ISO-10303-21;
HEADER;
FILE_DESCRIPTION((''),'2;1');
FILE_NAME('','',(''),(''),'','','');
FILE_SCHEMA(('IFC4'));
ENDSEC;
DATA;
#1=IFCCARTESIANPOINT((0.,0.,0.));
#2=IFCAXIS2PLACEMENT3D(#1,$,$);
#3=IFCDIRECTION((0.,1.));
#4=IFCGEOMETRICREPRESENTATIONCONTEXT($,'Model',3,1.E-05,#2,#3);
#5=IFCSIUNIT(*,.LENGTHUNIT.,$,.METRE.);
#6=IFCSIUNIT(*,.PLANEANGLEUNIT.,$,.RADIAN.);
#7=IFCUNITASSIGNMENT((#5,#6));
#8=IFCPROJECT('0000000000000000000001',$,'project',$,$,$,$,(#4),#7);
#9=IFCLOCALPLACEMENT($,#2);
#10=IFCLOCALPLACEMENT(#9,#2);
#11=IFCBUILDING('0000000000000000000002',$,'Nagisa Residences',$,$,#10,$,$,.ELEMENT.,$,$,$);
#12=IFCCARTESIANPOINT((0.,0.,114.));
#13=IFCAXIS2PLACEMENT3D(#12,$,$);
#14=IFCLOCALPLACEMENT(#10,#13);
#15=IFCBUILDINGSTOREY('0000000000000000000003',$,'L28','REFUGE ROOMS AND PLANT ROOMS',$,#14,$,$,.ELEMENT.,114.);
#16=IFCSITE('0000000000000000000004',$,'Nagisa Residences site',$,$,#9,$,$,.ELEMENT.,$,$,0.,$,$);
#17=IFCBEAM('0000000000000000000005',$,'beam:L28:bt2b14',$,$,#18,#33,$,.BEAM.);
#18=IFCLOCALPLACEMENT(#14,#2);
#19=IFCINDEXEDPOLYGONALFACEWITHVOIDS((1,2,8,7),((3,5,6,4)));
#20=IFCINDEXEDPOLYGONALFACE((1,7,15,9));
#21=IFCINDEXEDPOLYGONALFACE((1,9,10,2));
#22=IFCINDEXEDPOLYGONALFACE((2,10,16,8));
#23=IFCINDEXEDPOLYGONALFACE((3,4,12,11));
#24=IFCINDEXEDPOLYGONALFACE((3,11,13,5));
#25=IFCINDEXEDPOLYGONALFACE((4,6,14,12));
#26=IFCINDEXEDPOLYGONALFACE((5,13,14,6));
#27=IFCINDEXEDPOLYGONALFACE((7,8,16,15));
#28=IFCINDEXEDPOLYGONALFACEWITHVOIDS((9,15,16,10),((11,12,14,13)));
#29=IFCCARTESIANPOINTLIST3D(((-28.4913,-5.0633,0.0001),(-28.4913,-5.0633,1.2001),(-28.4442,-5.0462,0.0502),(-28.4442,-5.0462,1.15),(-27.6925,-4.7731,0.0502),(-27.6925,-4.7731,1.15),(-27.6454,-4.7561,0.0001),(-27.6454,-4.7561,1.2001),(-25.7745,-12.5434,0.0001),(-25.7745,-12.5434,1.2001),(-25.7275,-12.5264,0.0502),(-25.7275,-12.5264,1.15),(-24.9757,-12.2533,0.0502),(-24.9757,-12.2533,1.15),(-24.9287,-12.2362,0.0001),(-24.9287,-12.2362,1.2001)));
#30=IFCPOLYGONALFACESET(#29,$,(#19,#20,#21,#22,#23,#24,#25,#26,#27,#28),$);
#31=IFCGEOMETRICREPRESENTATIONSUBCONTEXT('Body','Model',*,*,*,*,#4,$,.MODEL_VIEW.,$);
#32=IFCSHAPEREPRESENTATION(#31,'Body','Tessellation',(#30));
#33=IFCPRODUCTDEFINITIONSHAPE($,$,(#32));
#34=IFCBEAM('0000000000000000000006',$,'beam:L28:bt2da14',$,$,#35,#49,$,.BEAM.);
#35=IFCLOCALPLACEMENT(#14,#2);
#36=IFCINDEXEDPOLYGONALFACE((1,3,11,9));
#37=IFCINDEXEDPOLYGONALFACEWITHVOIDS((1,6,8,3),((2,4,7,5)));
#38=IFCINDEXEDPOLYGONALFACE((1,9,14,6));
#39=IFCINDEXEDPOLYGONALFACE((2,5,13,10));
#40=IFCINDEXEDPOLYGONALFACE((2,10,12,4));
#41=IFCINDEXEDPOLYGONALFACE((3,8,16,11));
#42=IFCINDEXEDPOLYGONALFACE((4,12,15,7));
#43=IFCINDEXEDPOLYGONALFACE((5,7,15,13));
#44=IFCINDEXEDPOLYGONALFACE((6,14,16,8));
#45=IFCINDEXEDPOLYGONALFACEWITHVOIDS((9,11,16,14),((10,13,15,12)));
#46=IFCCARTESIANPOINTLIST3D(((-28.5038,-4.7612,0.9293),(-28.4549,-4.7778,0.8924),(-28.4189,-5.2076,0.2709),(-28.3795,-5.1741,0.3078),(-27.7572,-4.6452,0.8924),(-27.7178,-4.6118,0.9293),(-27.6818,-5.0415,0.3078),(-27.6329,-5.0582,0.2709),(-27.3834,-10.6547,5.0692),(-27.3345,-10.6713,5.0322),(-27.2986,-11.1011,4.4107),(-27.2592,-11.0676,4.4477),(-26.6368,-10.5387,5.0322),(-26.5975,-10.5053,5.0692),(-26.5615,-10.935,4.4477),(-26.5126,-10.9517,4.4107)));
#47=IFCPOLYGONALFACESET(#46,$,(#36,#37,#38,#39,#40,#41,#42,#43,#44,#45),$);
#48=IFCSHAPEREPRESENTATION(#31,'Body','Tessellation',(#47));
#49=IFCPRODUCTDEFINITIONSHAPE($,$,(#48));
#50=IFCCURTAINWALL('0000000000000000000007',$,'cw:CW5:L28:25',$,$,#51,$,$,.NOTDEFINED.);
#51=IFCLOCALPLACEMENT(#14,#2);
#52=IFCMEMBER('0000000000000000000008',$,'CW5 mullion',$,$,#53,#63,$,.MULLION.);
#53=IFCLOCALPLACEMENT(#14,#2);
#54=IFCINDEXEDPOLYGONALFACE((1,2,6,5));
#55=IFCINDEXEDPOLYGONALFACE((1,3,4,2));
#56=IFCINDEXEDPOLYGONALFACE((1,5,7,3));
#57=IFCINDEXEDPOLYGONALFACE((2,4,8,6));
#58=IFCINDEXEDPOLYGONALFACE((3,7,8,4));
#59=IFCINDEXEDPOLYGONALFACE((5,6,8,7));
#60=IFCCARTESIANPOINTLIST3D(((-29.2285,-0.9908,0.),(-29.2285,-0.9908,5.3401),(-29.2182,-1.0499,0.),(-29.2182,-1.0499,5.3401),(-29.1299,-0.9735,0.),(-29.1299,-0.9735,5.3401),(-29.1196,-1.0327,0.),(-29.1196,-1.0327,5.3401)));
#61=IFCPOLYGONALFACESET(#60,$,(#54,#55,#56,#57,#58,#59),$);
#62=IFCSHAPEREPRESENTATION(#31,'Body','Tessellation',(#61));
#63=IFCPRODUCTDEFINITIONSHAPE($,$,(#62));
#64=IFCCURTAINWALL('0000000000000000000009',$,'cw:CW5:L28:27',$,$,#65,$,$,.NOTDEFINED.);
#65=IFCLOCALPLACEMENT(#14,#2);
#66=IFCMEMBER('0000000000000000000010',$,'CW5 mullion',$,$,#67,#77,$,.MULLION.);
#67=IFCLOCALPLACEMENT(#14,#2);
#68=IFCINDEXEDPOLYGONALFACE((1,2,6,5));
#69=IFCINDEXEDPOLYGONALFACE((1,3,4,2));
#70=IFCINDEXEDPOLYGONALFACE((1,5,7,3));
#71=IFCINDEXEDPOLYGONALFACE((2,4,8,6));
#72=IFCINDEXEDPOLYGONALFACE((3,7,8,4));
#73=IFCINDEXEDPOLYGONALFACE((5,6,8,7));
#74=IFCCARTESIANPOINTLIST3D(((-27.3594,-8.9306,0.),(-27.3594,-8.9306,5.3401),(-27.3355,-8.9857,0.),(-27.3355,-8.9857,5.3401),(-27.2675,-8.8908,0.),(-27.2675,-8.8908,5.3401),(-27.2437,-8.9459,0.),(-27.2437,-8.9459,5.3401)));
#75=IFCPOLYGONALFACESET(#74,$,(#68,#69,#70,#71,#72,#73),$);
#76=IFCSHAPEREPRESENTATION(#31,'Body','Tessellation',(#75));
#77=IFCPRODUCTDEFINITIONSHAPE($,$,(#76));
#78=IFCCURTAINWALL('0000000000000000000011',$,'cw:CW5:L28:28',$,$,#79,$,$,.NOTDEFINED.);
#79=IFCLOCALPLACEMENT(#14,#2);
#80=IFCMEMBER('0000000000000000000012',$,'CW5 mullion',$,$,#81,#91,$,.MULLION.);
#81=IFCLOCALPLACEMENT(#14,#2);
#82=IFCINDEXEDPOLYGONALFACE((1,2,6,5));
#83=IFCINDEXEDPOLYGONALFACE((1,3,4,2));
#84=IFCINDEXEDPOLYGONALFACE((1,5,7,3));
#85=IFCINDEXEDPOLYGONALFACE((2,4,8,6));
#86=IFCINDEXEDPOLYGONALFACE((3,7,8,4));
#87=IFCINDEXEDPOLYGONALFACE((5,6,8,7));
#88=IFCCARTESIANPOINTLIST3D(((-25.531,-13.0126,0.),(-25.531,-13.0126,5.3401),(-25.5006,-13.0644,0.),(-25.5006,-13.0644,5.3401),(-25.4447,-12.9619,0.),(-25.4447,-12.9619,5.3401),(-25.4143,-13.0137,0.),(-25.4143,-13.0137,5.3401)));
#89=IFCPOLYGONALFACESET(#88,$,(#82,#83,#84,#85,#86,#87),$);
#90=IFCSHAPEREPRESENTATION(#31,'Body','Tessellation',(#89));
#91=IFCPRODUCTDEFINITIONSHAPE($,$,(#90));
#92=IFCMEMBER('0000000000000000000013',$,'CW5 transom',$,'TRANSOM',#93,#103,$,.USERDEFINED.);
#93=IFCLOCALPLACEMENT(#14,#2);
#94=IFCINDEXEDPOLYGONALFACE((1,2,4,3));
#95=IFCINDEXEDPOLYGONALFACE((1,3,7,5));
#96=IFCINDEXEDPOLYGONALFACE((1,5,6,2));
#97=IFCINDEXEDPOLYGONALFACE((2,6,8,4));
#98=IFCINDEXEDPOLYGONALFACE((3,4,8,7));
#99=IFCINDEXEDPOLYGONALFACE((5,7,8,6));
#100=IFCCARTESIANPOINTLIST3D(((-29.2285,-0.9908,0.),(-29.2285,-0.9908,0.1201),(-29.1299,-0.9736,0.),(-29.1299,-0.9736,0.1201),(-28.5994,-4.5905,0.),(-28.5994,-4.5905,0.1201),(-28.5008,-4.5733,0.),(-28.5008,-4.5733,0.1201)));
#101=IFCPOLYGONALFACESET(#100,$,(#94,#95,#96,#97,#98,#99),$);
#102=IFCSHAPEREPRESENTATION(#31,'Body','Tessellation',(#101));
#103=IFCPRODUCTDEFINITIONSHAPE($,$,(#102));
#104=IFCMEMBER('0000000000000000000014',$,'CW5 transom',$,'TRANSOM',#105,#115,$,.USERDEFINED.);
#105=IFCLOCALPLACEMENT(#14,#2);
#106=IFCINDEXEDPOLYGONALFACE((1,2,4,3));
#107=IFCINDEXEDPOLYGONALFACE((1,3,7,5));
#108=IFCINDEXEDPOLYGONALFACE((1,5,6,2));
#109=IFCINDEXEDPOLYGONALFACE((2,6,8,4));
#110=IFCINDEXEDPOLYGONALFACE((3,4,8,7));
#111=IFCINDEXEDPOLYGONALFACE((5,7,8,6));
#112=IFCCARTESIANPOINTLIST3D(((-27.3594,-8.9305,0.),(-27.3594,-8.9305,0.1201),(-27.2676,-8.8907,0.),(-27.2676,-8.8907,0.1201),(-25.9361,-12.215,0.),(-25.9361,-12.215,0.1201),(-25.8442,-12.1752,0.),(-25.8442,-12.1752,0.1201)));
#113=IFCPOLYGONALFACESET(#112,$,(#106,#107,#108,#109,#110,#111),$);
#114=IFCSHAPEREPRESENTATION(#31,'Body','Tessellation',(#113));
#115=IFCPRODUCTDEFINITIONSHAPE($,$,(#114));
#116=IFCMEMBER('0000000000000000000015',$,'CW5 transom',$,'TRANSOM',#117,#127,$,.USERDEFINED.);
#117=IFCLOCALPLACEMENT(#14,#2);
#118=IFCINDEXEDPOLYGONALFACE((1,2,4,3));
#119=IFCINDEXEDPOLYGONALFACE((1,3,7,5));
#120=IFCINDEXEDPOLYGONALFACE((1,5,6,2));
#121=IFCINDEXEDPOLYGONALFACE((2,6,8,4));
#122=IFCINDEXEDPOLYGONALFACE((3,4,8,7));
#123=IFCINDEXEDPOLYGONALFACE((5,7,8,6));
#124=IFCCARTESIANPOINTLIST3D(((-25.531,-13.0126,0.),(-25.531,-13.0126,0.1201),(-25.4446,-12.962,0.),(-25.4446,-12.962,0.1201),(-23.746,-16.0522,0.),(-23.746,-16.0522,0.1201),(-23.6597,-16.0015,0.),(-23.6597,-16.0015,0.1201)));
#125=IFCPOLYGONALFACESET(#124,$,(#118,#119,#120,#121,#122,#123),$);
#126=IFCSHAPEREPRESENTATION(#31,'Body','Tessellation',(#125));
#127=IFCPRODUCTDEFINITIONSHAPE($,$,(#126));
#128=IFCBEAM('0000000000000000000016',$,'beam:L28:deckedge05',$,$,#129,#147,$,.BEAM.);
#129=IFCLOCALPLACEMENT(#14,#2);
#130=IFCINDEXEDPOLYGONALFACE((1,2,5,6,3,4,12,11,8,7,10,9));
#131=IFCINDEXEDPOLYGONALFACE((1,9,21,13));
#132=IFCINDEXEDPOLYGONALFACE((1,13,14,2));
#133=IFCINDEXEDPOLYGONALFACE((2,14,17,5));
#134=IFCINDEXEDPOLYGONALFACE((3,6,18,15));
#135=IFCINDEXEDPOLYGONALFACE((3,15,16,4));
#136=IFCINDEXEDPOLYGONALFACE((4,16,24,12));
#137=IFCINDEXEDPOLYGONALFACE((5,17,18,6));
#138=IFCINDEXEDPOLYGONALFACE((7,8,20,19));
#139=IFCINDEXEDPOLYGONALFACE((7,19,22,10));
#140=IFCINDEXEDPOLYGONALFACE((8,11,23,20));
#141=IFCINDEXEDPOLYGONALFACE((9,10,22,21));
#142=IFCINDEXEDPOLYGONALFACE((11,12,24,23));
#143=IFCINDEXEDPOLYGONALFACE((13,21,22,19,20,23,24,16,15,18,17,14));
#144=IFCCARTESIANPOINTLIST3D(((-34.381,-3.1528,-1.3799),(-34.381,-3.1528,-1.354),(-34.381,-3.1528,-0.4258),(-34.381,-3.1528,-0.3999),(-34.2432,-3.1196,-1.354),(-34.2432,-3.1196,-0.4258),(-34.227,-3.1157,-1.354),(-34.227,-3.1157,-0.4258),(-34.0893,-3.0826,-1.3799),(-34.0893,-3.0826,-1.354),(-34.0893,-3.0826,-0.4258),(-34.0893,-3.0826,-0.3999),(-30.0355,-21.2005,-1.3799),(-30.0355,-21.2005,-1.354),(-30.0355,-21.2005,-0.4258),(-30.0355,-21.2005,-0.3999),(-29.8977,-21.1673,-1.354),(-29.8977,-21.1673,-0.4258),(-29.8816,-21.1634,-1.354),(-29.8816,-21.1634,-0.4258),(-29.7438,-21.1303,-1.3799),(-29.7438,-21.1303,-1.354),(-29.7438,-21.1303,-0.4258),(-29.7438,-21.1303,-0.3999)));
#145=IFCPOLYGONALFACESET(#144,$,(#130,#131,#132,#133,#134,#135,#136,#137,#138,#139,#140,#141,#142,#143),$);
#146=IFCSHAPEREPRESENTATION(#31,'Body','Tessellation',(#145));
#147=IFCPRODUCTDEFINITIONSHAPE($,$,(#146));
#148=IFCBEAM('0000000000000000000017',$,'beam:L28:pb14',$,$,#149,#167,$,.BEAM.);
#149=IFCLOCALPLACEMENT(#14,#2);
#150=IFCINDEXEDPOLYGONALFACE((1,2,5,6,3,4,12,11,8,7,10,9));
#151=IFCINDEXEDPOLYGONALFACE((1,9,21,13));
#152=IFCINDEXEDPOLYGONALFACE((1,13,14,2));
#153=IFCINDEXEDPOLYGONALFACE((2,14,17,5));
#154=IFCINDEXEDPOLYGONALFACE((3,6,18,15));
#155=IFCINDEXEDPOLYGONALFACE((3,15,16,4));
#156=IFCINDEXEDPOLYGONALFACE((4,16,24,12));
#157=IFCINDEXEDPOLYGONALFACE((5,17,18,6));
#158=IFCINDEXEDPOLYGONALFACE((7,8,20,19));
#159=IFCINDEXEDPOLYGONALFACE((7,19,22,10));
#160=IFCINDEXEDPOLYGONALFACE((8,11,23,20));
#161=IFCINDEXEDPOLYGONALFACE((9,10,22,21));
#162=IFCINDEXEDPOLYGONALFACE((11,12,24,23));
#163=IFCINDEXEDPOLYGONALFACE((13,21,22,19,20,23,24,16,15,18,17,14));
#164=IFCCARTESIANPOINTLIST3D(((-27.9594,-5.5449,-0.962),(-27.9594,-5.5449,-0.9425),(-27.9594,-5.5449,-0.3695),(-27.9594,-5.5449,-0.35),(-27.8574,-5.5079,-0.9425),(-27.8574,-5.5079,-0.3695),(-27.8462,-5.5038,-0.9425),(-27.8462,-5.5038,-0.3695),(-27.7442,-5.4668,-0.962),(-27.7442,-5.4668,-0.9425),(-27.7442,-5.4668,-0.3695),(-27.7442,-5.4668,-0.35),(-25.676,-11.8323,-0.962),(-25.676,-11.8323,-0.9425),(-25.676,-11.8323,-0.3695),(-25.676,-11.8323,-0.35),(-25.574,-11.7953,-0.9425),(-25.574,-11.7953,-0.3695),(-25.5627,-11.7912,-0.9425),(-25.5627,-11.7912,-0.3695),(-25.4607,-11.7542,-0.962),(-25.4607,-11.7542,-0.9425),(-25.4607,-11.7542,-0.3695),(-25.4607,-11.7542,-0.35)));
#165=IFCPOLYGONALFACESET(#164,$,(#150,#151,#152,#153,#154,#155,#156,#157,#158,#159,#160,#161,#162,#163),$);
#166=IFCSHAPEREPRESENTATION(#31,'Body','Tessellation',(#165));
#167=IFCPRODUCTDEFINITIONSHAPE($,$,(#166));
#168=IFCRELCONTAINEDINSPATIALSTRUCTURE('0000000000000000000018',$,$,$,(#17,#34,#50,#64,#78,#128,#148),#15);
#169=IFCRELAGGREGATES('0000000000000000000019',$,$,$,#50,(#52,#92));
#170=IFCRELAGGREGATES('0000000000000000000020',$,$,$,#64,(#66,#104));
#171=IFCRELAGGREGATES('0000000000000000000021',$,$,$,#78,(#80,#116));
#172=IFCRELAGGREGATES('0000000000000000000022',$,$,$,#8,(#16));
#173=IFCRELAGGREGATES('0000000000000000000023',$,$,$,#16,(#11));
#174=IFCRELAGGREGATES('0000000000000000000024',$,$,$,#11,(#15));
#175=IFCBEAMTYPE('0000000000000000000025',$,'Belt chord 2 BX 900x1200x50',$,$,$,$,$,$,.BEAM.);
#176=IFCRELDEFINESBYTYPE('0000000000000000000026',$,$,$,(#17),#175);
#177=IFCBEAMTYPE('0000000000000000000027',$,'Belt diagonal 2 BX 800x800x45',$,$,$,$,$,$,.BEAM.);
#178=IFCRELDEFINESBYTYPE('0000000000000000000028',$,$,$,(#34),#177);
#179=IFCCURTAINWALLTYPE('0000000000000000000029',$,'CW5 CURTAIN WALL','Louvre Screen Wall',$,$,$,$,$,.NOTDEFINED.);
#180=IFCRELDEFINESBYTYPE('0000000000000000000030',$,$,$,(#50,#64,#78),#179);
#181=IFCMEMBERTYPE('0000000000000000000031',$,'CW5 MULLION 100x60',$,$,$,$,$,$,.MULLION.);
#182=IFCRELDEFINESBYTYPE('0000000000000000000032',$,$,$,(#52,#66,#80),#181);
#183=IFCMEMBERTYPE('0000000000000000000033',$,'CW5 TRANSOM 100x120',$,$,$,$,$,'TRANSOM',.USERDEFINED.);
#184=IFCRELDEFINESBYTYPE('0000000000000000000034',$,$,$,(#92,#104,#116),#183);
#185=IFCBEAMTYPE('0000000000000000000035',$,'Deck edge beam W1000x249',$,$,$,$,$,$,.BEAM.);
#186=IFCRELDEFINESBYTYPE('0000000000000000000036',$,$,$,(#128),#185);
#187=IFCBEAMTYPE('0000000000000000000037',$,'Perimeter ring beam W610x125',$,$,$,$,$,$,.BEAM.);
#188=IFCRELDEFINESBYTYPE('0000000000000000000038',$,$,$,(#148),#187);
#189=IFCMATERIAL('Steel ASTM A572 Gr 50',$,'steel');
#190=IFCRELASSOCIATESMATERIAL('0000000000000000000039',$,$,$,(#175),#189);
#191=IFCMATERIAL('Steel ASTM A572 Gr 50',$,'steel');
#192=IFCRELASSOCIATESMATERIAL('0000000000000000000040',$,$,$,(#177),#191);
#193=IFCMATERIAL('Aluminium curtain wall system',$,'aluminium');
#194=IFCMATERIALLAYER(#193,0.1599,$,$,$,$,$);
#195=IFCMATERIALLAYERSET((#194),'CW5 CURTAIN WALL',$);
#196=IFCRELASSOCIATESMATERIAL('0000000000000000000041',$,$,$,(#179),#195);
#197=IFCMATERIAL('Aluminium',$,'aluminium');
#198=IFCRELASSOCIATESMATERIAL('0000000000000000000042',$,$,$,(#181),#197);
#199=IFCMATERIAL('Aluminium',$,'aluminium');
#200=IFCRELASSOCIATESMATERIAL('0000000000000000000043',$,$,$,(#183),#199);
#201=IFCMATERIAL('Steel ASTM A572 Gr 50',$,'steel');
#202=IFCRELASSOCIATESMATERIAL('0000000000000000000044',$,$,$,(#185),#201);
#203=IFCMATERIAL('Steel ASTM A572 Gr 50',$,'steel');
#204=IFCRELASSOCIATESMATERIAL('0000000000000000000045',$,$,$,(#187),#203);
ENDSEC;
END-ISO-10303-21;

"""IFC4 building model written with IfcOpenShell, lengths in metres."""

from ifc_helpers import new_model, si_unit, direction, frame, origin, origin_2d, place, context, subcontext, project, spatial, rectangle, hollow_rectangle, i_section, extrude, material, layer, layer_set, material_profile, profile_set, type_object, element, aggregate, save


model = new_model("IFC4")

# Units and contexts
model_context = context("Model", 3, precision=1e-05, world=origin(), true_north=direction((0.0, 1.0)))
body_context = subcontext(model_context, "Body", "Model", "MODEL_VIEW")
ifc_project = project(units=[si_unit("LENGTHUNIT", "METRE"), si_unit("PLANEANGLEUNIT", "RADIAN")], contexts=[model_context])

# Site, building, storey
site_placement = place(None, origin())
site = spatial("IfcSite", under=ifc_project, at=site_placement, Name="Nagisa Residences site", CompositionType="ELEMENT", RefElevation=0.0)
building_placement = place(site_placement, origin())
building = spatial("IfcBuilding", under=site, at=building_placement, Name="Nagisa Residences", CompositionType="ELEMENT")
storey_placement = place(building_placement, frame((0.0, 0.0, 114.0)))
storey = spatial("IfcBuildingStorey", under=building, at=storey_placement, Name="L28", Description="REFUGE ROOMS AND PLANT ROOMS", CompositionType="ELEMENT", Elevation=114.0)

# Beams
ifc_material_1 = material(Name="Steel ASTM A572 Gr 50", Category="steel")
ifc_material_profile_1 = material_profile(ifc_material_1, hollow_rectangle(XDim=0.8999, YDim=1.2, WallThickness=0.05, at=origin_2d()), Name="BX 900x1200x50")
ifc_profile_set_1 = profile_set([ifc_material_profile_1], Name="Steel ASTM A572 Gr 50")
beam_type_1 = type_object("IfcBeamType", Name="Belt chord 2 BX 900x1200x50", PredefinedType="BEAM", material=ifc_profile_set_1)
beam_1_placement = place(storey_placement, frame((-28.0684, -4.9097, 0.6001), z_axis=(0.341378, -0.939926, 0.0), x_axis=(0.939926, 0.341378, 0.0)))
element("IfcBeam", 1, at=beam_1_placement, inside=storey, type_object=beam_type_1, Name="beam:L28:bt2b14", PredefinedType="BEAM", context=body_context, shape_type="SweptSolid", body=[
    extrude(hollow_rectangle(XDim=0.8999, YDim=1.2, WallThickness=0.05, at=origin_2d()), origin(), (0.0, 0.0, 1.0), 7.9583),
])
ifc_material_2 = material(Name="Steel ASTM A572 Gr 50", Category="steel")
ifc_material_profile_2 = material_profile(ifc_material_2, hollow_rectangle(XDim=0.8, YDim=0.8, WallThickness=0.0449, at=origin_2d()), Name="BX 800x800x45")
ifc_profile_set_2 = profile_set([ifc_material_profile_2], Name="Steel ASTM A572 Gr 50")
beam_type_2 = type_object("IfcBeamType", Name="Belt diagonal 2 BX 800x800x45", PredefinedType="BEAM", material=ifc_profile_set_2)
beam_2_placement = place(storey_placement, frame((-28.0684, -4.9097, 0.6001), z_axis=(0.153708, -0.808567, 0.567973), x_axis=(0.982407, 0.186755, 0.0)))
element("IfcBeam", 2, at=beam_2_placement, inside=storey, type_object=beam_type_2, Name="beam:L28:bt2da14", PredefinedType="BEAM", context=body_context, shape_type="SweptSolid", body=[
    extrude(hollow_rectangle(XDim=0.8, YDim=0.8, WallThickness=0.0449, at=origin_2d()), origin(), (0.0, 0.0, 1.0), 7.2888),
])

# Curtain walls, members
ifc_material_3 = material(Name="Aluminium curtain wall system", Category="aluminium")
ifc_layer_1 = layer(ifc_material_3, 0.1599)
ifc_layer_set_1 = layer_set([ifc_layer_1], Name="CW5 CURTAIN WALL")
curtain_wall_type = type_object("IfcCurtainWallType", Name="CW5 CURTAIN WALL", Description="Louvre Screen Wall", PredefinedType="NOTDEFINED", material=ifc_layer_set_1)
curtain_wall_1_placement = place(storey_placement, origin())
curtain_wall_1 = element("IfcCurtainWall", 3, at=curtain_wall_1_placement, inside=storey, type_object=curtain_wall_type, Name="cw:CW5:L28:25", PredefinedType="NOTDEFINED")
ifc_material_4 = material(Name="Aluminium", Category="aluminium")
ifc_material_profile_3 = material_profile(ifc_material_4, rectangle(XDim=0.1001, YDim=0.0601, at=origin_2d()), Name="CW5 MULLION 100x60")
ifc_profile_set_3 = profile_set([ifc_material_profile_3], Name="Aluminium")
member_type_1 = type_object("IfcMemberType", Name="CW5 MULLION 100x60", PredefinedType="MULLION", material=ifc_profile_set_3)
member_1_placement = place(storey_placement, frame((-29.1741, -1.0117, 0.0), z_axis=(0.0, 0.0, 1.0), x_axis=(0.985064, 0.172191, 0.0)))
member_1 = element("IfcMember", 4, at=member_1_placement, type_object=member_type_1, Name="CW5 mullion", PredefinedType="MULLION", context=body_context, shape_type="SweptSolid", body=[
    extrude(rectangle(XDim=0.1001, YDim=0.0601, at=origin_2d()), origin(), (0.0, 0.0, 1.0), 5.3401),
])
curtain_wall_2_placement = place(storey_placement, origin())
curtain_wall_2 = element("IfcCurtainWall", 5, at=curtain_wall_2_placement, inside=storey, type_object=curtain_wall_type, Name="cw:CW5:L28:27", PredefinedType="NOTDEFINED")
member_2_placement = place(storey_placement, frame((-27.3015, -8.9382, 0.0), z_axis=(0.0, 0.0, 1.0), x_axis=(0.917543, 0.397636, 0.0)))
member_2 = element("IfcMember", 6, at=member_2_placement, type_object=member_type_1, Name="CW5 mullion", PredefinedType="MULLION", context=body_context, shape_type="SweptSolid", body=[
    extrude(rectangle(XDim=0.1001, YDim=0.0601, at=origin_2d()), origin(), (0.0, 0.0, 1.0), 5.3401),
])
curtain_wall_3_placement = place(storey_placement, origin())
curtain_wall_3 = element("IfcCurtainWall", 7, at=curtain_wall_3_placement, inside=storey, type_object=curtain_wall_type, Name="cw:CW5:L28:28", PredefinedType="NOTDEFINED")
member_3_placement = place(storey_placement, frame((-25.4727, -13.0132, 0.0), z_axis=(0.0, 0.0, 1.0), x_axis=(0.862329, 0.506349, 0.0)))
member_3 = element("IfcMember", 8, at=member_3_placement, type_object=member_type_1, Name="CW5 mullion", PredefinedType="MULLION", context=body_context, shape_type="SweptSolid", body=[
    extrude(rectangle(XDim=0.1001, YDim=0.0601, at=origin_2d()), origin(), (0.0, 0.0, 1.0), 5.3401),
])

# Members
ifc_material_5 = material(Name="Aluminium", Category="aluminium")
ifc_material_profile_4 = material_profile(ifc_material_5, rectangle(XDim=0.1001, YDim=0.1201, at=origin_2d()), Name="CW5 TRANSOM 100x120")
ifc_profile_set_4 = profile_set([ifc_material_profile_4], Name="Aluminium")
member_type_2 = type_object("IfcMemberType", Name="CW5 TRANSOM 100x120", ElementType="TRANSOM", PredefinedType="USERDEFINED", material=ifc_profile_set_4)
member_4_placement = place(storey_placement, frame((-29.1792, -0.9822, 0.0601), z_axis=(0.172162, -0.985069, 0.0), x_axis=(0.985069, 0.172162, 0.0)))
member_4 = element("IfcMember", 9, at=member_4_placement, type_object=member_type_2, Name="CW5 transom", ObjectType="TRANSOM", PredefinedType="USERDEFINED", context=body_context, shape_type="SweptSolid", body=[
    extrude(rectangle(XDim=0.1001, YDim=0.1201, at=origin_2d()), origin(), (0.0, 0.0, 1.0), 3.6543),
])
member_5_placement = place(storey_placement, frame((-27.3135, -8.9106, 0.0601), z_axis=(0.397628, -0.917547, 0.0), x_axis=(0.917547, 0.397628, 0.0)))
member_5 = element("IfcMember", 10, at=member_5_placement, type_object=member_type_2, Name="CW5 transom", ObjectType="TRANSOM", PredefinedType="USERDEFINED", context=body_context, shape_type="SweptSolid", body=[
    extrude(rectangle(XDim=0.1001, YDim=0.1201, at=origin_2d()), origin(), (0.0, 0.0, 1.0), 3.5796),
])
member_6_placement = place(storey_placement, frame((-25.4878, -12.9873, 0.0601), z_axis=(0.506375, -0.862313, 0.0), x_axis=(0.862313, 0.506375, 0.0)))
member_6 = element("IfcMember", 11, at=member_6_placement, type_object=member_type_2, Name="CW5 transom", ObjectType="TRANSOM", PredefinedType="USERDEFINED", context=body_context, shape_type="SweptSolid", body=[
    extrude(rectangle(XDim=0.1001, YDim=0.1201, at=origin_2d()), origin(), (0.0, 0.0, 1.0), 3.5249),
])

# Beams
ifc_material_6 = material(Name="Steel ASTM A572 Gr 50", Category="steel")
ifc_material_profile_5 = material_profile(ifc_material_6, i_section(OverallWidth=0.3, OverallDepth=0.98, WebThickness=0.0166, FlangeThickness=0.0259, at=origin_2d()), Name="W1000x249")
ifc_profile_set_5 = profile_set([ifc_material_profile_5], Name="Steel ASTM A572 Gr 50")
beam_type_3 = type_object("IfcBeamType", Name="Deck edge beam W1000x249", PredefinedType="BEAM", material=ifc_profile_set_5)
beam_3_placement = place(storey_placement, frame((-34.2351, -3.1177, -0.8899), z_axis=(0.234088, -0.972215, 0.0), x_axis=(0.972215, 0.234088, 0.0)))
element("IfcBeam", 12, at=beam_3_placement, inside=storey, type_object=beam_type_3, Name="beam:L28:deckedge05", PredefinedType="BEAM", context=body_context, shape_type="SweptSolid", body=[
    extrude(i_section(OverallWidth=0.3, OverallDepth=0.98, WebThickness=0.0166, FlangeThickness=0.0259, at=origin_2d()), origin(), (0.0, 0.0, 1.0), 18.5635),
])
ifc_material_7 = material(Name="Steel ASTM A572 Gr 50", Category="steel")
ifc_material_profile_6 = material_profile(ifc_material_7, i_section(OverallWidth=0.229, OverallDepth=0.6121, WebThickness=0.012, FlangeThickness=0.0195, at=origin_2d()), Name="W610x125")
ifc_profile_set_6 = profile_set([ifc_material_profile_6], Name="Steel ASTM A572 Gr 50")
beam_type_4 = type_object("IfcBeamType", Name="Perimeter ring beam W610x125", PredefinedType="BEAM", material=ifc_profile_set_6)
beam_4_placement = place(storey_placement, frame((-27.8518, -5.5059, -0.656), z_axis=(0.341365, -0.939931, 0.0), x_axis=(0.939931, 0.341365, 0.0)))
element("IfcBeam", 13, at=beam_4_placement, inside=storey, type_object=beam_type_4, Name="beam:L28:pb14", PredefinedType="BEAM", context=body_context, shape_type="SweptSolid", body=[
    extrude(i_section(OverallWidth=0.229, OverallDepth=0.6121, WebThickness=0.012, FlangeThickness=0.0195, at=origin_2d()), origin(), (0.0, 0.0, 1.0), 6.6892),
])

aggregate(curtain_wall_1, [member_1, member_4])
aggregate(curtain_wall_2, [member_2, member_5])
aggregate(curtain_wall_3, [member_3, member_6])

save(model, "model.ifc")
